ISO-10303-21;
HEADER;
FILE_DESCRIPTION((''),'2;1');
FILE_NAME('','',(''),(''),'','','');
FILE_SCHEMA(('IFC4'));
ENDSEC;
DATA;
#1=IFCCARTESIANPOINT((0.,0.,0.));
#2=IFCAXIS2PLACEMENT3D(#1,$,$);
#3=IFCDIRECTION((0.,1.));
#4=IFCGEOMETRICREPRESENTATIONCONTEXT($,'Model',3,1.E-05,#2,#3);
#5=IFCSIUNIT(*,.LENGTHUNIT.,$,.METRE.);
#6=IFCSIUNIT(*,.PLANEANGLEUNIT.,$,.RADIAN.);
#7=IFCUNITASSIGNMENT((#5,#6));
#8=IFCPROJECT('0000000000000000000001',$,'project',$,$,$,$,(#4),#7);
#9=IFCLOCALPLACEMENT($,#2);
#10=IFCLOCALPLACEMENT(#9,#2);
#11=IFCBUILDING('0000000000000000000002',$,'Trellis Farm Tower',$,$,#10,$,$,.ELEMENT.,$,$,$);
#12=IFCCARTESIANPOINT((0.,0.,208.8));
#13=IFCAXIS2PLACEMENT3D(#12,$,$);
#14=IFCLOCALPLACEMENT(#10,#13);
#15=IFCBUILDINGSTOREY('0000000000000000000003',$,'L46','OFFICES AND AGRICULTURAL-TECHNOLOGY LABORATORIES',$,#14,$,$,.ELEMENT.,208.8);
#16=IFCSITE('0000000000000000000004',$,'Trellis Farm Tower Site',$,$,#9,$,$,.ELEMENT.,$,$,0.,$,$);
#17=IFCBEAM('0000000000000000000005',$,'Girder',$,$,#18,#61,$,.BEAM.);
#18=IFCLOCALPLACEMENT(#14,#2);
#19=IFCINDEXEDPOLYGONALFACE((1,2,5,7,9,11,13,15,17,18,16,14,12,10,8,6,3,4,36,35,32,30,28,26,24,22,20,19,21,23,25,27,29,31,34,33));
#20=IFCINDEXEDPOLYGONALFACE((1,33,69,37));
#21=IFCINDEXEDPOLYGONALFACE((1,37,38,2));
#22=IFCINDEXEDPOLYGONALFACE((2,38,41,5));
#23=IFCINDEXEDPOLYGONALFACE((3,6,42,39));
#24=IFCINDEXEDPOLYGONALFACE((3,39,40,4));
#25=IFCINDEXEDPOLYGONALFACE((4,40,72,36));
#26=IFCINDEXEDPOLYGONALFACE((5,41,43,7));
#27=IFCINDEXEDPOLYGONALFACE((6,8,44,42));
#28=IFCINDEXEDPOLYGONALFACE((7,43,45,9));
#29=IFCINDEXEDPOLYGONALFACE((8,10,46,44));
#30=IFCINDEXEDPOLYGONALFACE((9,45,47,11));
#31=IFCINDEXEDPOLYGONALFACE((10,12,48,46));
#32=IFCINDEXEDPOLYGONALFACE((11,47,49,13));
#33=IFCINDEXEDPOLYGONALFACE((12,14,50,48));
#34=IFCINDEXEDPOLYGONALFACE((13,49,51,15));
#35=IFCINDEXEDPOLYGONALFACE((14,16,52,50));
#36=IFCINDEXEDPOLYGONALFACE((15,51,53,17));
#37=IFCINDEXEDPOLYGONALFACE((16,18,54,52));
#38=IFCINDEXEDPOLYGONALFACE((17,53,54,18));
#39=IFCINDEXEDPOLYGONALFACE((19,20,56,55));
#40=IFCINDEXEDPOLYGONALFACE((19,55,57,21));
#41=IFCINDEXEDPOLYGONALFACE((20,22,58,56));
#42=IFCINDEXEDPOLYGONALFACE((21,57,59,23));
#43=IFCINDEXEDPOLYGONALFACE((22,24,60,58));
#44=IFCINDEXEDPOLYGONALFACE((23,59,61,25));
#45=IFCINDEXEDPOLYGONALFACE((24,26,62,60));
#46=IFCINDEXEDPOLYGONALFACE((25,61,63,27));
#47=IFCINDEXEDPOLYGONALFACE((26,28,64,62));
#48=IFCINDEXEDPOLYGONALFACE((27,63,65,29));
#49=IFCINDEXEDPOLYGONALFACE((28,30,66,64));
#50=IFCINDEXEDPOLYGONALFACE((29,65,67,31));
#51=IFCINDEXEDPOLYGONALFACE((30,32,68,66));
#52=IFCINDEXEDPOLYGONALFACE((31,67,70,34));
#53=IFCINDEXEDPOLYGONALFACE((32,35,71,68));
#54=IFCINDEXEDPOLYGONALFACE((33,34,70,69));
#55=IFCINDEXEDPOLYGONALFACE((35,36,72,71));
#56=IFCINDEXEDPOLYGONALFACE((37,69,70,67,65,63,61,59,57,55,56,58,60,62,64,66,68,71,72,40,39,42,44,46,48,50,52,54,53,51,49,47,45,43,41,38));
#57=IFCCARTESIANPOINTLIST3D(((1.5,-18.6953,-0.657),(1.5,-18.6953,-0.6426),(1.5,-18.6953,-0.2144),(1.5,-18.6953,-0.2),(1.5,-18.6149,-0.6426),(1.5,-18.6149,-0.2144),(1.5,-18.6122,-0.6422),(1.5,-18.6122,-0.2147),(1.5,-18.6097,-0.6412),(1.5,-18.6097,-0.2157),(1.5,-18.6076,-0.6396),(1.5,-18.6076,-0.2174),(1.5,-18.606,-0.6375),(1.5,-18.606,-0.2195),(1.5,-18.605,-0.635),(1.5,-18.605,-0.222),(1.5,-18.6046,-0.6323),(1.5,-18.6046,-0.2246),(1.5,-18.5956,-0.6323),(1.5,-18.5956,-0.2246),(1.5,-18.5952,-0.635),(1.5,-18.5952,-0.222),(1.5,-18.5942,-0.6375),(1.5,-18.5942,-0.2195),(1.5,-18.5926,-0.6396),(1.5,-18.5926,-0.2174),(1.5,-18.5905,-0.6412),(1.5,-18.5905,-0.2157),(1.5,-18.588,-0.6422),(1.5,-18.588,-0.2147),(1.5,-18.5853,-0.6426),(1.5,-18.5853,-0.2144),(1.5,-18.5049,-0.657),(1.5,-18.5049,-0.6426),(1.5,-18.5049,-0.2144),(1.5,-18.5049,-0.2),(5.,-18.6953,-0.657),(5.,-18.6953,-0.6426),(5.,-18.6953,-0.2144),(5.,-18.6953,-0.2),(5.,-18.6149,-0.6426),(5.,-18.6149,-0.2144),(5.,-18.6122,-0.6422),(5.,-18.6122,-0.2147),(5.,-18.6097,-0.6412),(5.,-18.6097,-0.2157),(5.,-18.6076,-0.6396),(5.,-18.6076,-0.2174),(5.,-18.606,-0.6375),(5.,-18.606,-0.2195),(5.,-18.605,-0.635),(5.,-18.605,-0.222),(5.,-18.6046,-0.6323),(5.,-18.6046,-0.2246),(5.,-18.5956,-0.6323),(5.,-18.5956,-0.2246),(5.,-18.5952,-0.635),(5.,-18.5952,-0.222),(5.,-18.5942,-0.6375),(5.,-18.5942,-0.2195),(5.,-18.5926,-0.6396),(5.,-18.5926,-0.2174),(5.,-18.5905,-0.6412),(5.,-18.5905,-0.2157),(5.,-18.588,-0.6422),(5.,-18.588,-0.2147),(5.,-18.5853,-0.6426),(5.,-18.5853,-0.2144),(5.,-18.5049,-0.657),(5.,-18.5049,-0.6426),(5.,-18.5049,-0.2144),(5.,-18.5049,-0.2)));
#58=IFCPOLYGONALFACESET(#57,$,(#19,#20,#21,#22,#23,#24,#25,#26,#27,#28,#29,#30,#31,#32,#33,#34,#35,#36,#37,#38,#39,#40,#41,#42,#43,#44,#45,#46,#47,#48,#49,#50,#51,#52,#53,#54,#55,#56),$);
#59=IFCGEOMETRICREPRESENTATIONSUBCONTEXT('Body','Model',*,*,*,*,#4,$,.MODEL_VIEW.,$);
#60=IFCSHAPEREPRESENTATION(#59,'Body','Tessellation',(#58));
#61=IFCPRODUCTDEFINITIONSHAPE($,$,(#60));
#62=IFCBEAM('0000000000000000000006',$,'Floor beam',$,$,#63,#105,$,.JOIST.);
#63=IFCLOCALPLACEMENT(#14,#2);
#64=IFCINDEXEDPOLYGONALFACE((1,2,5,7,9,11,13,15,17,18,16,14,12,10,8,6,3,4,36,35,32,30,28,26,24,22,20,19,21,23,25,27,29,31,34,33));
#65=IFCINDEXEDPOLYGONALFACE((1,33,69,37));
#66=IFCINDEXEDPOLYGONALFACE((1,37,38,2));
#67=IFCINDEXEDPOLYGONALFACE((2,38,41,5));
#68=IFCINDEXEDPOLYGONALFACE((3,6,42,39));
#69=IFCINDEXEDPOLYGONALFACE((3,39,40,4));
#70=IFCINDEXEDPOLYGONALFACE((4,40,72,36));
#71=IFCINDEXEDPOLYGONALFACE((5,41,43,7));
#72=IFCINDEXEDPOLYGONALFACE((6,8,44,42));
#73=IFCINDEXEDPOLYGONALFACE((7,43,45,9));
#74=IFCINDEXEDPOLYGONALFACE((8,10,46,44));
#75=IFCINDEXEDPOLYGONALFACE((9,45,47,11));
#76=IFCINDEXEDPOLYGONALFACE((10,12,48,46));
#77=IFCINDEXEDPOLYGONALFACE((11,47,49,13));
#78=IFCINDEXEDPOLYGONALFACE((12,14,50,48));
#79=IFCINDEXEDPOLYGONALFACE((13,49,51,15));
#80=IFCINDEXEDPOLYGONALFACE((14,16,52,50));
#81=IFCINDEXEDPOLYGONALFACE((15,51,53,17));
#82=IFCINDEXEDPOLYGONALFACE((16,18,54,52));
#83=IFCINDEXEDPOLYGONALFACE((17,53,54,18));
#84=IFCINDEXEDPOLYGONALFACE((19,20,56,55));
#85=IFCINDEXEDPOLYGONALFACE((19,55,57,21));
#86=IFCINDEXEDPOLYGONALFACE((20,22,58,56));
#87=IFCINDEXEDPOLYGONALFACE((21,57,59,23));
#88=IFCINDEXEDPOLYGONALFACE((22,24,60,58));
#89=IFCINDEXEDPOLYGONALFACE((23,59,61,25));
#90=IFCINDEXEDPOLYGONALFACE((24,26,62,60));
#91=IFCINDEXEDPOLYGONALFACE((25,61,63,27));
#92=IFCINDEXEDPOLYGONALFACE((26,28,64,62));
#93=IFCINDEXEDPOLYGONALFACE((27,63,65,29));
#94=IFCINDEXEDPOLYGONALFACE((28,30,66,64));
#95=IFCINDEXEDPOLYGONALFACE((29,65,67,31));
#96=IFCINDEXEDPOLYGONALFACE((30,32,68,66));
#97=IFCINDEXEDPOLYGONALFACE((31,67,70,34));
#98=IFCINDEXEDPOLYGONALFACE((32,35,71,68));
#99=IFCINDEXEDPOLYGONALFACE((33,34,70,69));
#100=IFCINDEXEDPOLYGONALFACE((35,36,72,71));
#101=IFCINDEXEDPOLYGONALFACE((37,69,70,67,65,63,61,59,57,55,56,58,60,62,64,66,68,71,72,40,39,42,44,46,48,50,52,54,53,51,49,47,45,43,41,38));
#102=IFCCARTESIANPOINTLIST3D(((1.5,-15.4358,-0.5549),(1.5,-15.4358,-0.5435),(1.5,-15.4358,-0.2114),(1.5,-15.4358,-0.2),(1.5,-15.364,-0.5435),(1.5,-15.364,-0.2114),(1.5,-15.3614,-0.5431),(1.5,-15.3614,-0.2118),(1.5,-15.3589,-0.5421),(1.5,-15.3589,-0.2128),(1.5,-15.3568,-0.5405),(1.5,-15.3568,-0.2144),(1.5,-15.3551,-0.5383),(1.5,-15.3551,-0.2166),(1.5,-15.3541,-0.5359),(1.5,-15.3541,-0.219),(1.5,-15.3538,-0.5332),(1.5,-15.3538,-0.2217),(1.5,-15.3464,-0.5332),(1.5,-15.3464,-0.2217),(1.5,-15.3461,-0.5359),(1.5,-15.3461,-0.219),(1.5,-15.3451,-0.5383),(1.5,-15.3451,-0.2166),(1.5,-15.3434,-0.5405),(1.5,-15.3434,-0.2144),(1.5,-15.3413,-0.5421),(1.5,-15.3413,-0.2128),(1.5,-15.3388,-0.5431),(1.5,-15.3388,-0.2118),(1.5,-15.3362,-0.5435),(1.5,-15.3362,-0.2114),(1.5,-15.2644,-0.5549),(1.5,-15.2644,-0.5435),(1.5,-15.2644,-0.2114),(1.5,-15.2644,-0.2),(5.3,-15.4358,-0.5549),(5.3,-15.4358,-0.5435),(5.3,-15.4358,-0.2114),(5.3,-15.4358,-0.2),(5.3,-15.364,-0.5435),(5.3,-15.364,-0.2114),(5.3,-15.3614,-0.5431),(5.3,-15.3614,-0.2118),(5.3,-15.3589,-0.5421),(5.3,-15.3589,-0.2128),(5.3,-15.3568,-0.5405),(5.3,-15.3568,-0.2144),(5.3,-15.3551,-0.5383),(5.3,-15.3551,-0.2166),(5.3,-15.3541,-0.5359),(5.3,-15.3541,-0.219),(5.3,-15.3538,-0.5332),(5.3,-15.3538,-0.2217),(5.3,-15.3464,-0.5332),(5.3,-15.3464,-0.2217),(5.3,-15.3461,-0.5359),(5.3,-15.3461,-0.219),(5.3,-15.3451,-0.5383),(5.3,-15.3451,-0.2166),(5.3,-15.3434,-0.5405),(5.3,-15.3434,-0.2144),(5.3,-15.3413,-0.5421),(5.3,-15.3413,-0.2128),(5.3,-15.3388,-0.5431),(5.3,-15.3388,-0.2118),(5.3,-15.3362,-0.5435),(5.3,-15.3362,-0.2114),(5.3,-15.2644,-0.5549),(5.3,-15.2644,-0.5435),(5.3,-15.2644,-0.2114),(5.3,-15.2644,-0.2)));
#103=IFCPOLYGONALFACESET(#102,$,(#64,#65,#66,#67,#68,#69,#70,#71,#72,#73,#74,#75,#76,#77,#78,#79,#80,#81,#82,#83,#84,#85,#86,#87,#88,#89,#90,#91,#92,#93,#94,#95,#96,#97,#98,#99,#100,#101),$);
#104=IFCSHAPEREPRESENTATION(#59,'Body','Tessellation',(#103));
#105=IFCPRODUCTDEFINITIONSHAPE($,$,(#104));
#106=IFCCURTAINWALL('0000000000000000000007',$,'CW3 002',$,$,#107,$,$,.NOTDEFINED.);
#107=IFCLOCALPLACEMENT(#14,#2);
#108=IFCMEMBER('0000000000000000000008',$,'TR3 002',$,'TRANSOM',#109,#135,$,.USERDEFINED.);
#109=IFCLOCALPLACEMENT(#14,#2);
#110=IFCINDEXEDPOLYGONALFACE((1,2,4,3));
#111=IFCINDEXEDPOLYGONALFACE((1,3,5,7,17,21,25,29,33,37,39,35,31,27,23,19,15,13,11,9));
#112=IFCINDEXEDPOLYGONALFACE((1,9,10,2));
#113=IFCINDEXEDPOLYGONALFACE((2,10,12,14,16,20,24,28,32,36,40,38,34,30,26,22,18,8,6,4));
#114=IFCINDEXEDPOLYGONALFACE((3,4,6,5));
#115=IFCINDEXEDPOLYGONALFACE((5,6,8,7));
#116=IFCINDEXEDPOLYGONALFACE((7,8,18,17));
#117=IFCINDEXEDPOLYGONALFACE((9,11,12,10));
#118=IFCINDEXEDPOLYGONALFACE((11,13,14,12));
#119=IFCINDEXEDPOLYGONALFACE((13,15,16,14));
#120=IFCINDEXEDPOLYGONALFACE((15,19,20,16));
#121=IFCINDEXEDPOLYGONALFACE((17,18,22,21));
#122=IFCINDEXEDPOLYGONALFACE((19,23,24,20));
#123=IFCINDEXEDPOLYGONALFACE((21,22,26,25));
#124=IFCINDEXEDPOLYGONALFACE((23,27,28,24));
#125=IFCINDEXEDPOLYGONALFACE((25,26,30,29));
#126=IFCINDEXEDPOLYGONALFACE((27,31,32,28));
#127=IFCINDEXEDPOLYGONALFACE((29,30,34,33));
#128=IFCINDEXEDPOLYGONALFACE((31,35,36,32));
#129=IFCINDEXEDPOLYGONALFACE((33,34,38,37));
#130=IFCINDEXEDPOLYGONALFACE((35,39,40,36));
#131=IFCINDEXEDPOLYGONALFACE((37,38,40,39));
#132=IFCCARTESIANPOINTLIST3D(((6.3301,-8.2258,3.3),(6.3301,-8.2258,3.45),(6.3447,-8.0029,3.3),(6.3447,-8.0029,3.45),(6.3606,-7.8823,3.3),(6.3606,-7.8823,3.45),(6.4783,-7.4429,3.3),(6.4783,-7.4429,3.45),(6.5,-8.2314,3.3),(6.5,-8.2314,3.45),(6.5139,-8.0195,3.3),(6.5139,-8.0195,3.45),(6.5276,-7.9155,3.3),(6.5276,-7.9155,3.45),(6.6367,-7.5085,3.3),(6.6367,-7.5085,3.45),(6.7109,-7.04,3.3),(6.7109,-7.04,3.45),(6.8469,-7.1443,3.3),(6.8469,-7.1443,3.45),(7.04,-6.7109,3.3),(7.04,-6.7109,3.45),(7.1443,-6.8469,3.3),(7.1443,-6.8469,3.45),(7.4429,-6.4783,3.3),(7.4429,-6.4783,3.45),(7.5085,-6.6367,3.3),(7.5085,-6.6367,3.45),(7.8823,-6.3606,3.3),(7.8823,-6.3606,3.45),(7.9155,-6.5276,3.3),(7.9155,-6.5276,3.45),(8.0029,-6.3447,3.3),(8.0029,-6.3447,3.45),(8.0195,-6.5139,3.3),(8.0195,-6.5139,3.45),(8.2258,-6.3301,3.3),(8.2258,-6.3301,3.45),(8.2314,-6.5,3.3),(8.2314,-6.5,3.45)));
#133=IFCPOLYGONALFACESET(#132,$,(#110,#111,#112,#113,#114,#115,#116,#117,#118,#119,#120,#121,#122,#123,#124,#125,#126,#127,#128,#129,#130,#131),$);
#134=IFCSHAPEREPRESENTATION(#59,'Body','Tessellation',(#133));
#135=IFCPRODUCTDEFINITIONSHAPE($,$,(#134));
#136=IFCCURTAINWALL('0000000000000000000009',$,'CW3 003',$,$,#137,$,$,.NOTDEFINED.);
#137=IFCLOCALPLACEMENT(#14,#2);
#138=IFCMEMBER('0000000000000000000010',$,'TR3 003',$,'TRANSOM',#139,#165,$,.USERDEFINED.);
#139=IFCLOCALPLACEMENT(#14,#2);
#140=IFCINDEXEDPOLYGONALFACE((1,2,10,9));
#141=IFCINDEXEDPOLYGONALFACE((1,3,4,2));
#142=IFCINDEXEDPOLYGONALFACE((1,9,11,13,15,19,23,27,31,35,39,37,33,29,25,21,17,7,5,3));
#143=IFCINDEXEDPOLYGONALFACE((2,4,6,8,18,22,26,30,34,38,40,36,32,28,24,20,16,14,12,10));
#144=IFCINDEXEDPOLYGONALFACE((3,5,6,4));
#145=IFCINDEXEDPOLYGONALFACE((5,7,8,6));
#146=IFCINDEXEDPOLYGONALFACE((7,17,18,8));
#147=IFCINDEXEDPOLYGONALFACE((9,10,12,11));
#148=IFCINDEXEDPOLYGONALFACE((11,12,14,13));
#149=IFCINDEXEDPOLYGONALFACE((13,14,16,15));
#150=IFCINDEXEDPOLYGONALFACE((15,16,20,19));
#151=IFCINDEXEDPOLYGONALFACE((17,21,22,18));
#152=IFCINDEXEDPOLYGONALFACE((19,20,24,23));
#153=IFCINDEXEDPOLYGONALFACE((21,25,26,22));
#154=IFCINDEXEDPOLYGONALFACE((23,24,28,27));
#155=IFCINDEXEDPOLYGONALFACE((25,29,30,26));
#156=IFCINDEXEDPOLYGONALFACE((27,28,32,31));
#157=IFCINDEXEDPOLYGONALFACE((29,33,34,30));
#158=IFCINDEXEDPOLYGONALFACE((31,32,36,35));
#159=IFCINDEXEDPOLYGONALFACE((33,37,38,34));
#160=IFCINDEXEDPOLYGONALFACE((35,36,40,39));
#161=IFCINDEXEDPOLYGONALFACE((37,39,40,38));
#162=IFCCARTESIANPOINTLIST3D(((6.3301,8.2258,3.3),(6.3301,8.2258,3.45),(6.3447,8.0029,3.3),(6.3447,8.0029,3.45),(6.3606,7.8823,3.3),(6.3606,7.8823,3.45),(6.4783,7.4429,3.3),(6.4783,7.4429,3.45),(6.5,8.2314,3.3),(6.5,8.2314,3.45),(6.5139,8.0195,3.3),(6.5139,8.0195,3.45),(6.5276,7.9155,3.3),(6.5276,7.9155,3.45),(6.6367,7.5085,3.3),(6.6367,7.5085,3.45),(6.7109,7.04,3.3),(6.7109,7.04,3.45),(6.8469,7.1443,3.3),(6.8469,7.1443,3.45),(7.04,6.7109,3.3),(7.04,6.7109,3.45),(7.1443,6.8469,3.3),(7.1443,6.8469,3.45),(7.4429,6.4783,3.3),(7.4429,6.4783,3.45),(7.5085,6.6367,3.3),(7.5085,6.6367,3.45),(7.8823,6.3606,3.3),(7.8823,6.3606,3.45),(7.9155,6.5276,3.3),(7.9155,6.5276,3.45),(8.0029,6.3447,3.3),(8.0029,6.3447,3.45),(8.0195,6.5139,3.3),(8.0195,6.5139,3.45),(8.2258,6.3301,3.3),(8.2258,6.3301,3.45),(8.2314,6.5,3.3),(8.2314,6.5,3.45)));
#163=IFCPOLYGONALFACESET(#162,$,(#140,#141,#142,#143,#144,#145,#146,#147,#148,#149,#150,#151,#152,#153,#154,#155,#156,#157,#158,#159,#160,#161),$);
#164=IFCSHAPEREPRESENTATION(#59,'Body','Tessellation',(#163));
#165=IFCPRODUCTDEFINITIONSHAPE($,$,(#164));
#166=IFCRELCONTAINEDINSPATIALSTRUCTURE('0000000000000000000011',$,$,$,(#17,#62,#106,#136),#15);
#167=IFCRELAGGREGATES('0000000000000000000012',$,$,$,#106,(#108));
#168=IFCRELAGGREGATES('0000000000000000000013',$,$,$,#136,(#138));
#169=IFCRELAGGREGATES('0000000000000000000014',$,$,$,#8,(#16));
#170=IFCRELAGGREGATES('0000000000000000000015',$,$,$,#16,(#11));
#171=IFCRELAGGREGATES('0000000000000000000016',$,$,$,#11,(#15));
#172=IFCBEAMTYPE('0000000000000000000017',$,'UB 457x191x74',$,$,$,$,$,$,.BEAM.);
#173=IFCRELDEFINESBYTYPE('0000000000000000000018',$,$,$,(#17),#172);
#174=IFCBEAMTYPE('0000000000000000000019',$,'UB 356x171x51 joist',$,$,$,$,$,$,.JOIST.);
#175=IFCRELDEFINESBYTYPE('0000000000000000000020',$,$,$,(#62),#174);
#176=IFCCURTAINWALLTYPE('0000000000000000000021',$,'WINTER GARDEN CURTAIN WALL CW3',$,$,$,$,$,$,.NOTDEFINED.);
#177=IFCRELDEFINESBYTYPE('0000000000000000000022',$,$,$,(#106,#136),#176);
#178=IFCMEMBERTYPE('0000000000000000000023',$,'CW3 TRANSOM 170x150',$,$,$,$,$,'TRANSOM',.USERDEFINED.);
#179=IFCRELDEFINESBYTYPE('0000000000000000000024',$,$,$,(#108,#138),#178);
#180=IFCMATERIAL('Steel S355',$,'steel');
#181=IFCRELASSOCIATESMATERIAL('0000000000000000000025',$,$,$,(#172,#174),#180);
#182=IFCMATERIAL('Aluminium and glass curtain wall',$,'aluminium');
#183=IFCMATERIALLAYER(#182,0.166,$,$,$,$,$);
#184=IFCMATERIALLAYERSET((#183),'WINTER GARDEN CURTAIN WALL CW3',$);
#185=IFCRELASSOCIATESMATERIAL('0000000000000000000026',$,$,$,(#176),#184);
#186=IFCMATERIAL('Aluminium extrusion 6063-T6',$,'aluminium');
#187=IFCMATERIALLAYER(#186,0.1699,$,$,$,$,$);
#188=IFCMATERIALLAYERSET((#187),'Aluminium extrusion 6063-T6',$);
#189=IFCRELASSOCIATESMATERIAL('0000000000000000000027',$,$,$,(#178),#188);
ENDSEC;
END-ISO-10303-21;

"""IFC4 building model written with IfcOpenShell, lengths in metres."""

from ifc_helpers import new_model, si_unit, direction, frame, origin, origin_2d, place, context, subcontext, project, spatial, polyline, i_section, outline, extrude, source, transform, mapped, material, layer, layer_set, material_profile, profile_set, type_object, element, aggregate, save


model = new_model("IFC4")

# Units and contexts
model_context = context("Model", 3, precision=1e-05, world=origin(), true_north=direction((0.0, 1.0)))
body_context = subcontext(model_context, "Body", "Model", "MODEL_VIEW")
ifc_project = project(units=[si_unit("LENGTHUNIT", "METRE"), si_unit("PLANEANGLEUNIT", "RADIAN")], contexts=[model_context])

# Site, building, storey
site_placement = place(None, origin())
site = spatial("IfcSite", under=ifc_project, at=site_placement, Name="Trellis Farm Tower Site", CompositionType="ELEMENT", RefElevation=0.0)
building_placement = place(site_placement, origin())
building = spatial("IfcBuilding", under=site, at=building_placement, Name="Trellis Farm Tower", CompositionType="ELEMENT")
storey_placement = place(building_placement, frame((0.0, 0.0, 208.8)))
storey = spatial("IfcBuildingStorey", under=building, at=storey_placement, Name="L46", Description="OFFICES AND AGRICULTURAL-TECHNOLOGY LABORATORIES", CompositionType="ELEMENT", Elevation=208.8)

# Beams
ifc_material_1 = material(Name="Steel S355", Category="steel")
ifc_material_profile_1 = material_profile(ifc_material_1, i_section(OverallWidth=0.1904, OverallDepth=0.457, WebThickness=0.009, FlangeThickness=0.0144, FilletRadius=0.0103, at=origin_2d()), Name="UB 457x191x74")
ifc_profile_set_1 = profile_set([ifc_material_profile_1], Name="Steel S355")
beam_type_1 = type_object("IfcBeamType", Name="UB 457x191x74", PredefinedType="BEAM", material=ifc_profile_set_1)
shared_shape_1 = source(origin(), body_context, "Body", "SweptSolid", [
    extrude(i_section(OverallWidth=0.1904, OverallDepth=0.457, WebThickness=0.009, FlangeThickness=0.0144, FilletRadius=0.0103, at=origin_2d()), origin(), (0.0, 0.0, 1.0), 3.5),
])
beam_1_placement = place(storey_placement, frame((1.5, -18.6001, -0.4285), z_axis=(1.0, 0.0, 0.0), x_axis=(0.0, 1.0, 0.0)))
element("IfcBeam", 1, at=beam_1_placement, inside=storey, type_object=beam_type_1, Name="Girder", PredefinedType="BEAM", context=body_context, shape_type="MappedRepresentation", body=[
    mapped(shared_shape_1, transform((0.0, 0.0, 0.0))),
])
ifc_material_profile_2 = material_profile(ifc_material_1, i_section(OverallWidth=0.1714, OverallDepth=0.355, WebThickness=0.0073, FlangeThickness=0.0115, FilletRadius=0.0103, at=origin_2d()), Name="UB 356x171x51")
ifc_profile_set_2 = profile_set([ifc_material_profile_2], Name="Steel S355")
beam_type_2 = type_object("IfcBeamType", Name="UB 356x171x51 joist", PredefinedType="JOIST", material=ifc_profile_set_2)
shared_shape_2 = source(origin(), body_context, "Body", "SweptSolid", [
    extrude(i_section(OverallWidth=0.1714, OverallDepth=0.355, WebThickness=0.0073, FlangeThickness=0.0115, FilletRadius=0.0103, at=origin_2d()), origin(), (0.0, 0.0, 1.0), 3.8),
])
beam_2_placement = place(storey_placement, frame((1.5, -15.3501, -0.3774), z_axis=(1.0, 0.0, 0.0), x_axis=(0.0, 1.0, 0.0)))
element("IfcBeam", 2, at=beam_2_placement, inside=storey, type_object=beam_type_2, Name="Floor beam", PredefinedType="JOIST", context=body_context, shape_type="MappedRepresentation", body=[
    mapped(shared_shape_2, transform((0.0, 0.0, 0.0))),
])

# Curtain walls, members
ifc_material_2 = material(Name="Aluminium and glass curtain wall", Category="aluminium")
ifc_layer_1 = layer(ifc_material_2, 0.166)
ifc_layer_set_1 = layer_set([ifc_layer_1], Name="WINTER GARDEN CURTAIN WALL CW3")
curtain_wall_type_1 = type_object("IfcCurtainWallType", Name="WINTER GARDEN CURTAIN WALL CW3", PredefinedType="NOTDEFINED", material=ifc_layer_set_1)
placement_1 = place(storey_placement, origin())
curtain_wall_1 = element("IfcCurtainWall", 3, at=placement_1, inside=storey, type_object=curtain_wall_type_1, Name="CW3 002", PredefinedType="NOTDEFINED")
ifc_material_3 = material(Name="Aluminium extrusion 6063-T6", Category="aluminium")
ifc_layer_2 = layer(ifc_material_3, 0.1699)
ifc_layer_set_2 = layer_set([ifc_layer_2], Name="Aluminium extrusion 6063-T6")
member_type_1 = type_object("IfcMemberType", Name="CW3 TRANSOM 170x150", ElementType="TRANSOM", PredefinedType="USERDEFINED", material=ifc_layer_set_2)
shared_shape_3 = source(origin(), body_context, "Body", "SweptSolid", [
    extrude(outline(polyline([(6.5, -8.2314), (6.5139, -8.0195), (6.5276, -7.9155), (6.6367, -7.5085), (6.8469, -7.1443), (7.1443, -6.8469), (7.5085, -6.6367), (7.9155, -6.5276), (8.0195, -6.5139), (8.2314, -6.5), (8.2258, -6.3301), (8.0029, -6.3447), (7.8823, -6.3606), (7.4429, -6.4783), (7.04, -6.7109), (6.7109, -7.04), (6.4783, -7.4429), (6.3606, -7.8823), (6.3447, -8.0029), (6.3301, -8.2258), (6.5, -8.2314)])), origin(), (0.0, 0.0, 1.0), 0.1499),
])
placement_2 = place(storey_placement, frame((0.0, 0.0, 3.3)))
member_1 = element("IfcMember", 4, at=placement_2, type_object=member_type_1, Name="TR3 002", ObjectType="TRANSOM", PredefinedType="USERDEFINED", context=body_context, shape_type="MappedRepresentation", body=[
    mapped(shared_shape_3, transform((0.0, 0.0, 0.0))),
])
curtain_wall_2 = element("IfcCurtainWall", 5, at=placement_1, inside=storey, type_object=curtain_wall_type_1, Name="CW3 003", PredefinedType="NOTDEFINED")
shared_shape_4 = source(origin(), body_context, "Body", "SweptSolid", [
    extrude(outline(polyline([(8.2314, 6.5), (8.0195, 6.5139), (7.9155, 6.5276), (7.5085, 6.6367), (7.1443, 6.8469), (6.8469, 7.1443), (6.6367, 7.5085), (6.5276, 7.9155), (6.5139, 8.0195), (6.5, 8.2314), (6.3301, 8.2258), (6.3447, 8.0029), (6.3606, 7.8823), (6.4783, 7.4429), (6.7109, 7.04), (7.04, 6.7109), (7.4429, 6.4783), (7.8823, 6.3606), (8.0029, 6.3447), (8.2258, 6.3301), (8.2314, 6.5)])), origin(), (0.0, 0.0, 1.0), 0.1499),
])
member_2 = element("IfcMember", 6, at=placement_2, type_object=member_type_1, Name="TR3 003", ObjectType="TRANSOM", PredefinedType="USERDEFINED", context=body_context, shape_type="MappedRepresentation", body=[
    mapped(shared_shape_4, transform((0.0, 0.0, 0.0))),
])

aggregate(curtain_wall_1, [member_1])
aggregate(curtain_wall_2, [member_2])

save(model, "model.ifc")
